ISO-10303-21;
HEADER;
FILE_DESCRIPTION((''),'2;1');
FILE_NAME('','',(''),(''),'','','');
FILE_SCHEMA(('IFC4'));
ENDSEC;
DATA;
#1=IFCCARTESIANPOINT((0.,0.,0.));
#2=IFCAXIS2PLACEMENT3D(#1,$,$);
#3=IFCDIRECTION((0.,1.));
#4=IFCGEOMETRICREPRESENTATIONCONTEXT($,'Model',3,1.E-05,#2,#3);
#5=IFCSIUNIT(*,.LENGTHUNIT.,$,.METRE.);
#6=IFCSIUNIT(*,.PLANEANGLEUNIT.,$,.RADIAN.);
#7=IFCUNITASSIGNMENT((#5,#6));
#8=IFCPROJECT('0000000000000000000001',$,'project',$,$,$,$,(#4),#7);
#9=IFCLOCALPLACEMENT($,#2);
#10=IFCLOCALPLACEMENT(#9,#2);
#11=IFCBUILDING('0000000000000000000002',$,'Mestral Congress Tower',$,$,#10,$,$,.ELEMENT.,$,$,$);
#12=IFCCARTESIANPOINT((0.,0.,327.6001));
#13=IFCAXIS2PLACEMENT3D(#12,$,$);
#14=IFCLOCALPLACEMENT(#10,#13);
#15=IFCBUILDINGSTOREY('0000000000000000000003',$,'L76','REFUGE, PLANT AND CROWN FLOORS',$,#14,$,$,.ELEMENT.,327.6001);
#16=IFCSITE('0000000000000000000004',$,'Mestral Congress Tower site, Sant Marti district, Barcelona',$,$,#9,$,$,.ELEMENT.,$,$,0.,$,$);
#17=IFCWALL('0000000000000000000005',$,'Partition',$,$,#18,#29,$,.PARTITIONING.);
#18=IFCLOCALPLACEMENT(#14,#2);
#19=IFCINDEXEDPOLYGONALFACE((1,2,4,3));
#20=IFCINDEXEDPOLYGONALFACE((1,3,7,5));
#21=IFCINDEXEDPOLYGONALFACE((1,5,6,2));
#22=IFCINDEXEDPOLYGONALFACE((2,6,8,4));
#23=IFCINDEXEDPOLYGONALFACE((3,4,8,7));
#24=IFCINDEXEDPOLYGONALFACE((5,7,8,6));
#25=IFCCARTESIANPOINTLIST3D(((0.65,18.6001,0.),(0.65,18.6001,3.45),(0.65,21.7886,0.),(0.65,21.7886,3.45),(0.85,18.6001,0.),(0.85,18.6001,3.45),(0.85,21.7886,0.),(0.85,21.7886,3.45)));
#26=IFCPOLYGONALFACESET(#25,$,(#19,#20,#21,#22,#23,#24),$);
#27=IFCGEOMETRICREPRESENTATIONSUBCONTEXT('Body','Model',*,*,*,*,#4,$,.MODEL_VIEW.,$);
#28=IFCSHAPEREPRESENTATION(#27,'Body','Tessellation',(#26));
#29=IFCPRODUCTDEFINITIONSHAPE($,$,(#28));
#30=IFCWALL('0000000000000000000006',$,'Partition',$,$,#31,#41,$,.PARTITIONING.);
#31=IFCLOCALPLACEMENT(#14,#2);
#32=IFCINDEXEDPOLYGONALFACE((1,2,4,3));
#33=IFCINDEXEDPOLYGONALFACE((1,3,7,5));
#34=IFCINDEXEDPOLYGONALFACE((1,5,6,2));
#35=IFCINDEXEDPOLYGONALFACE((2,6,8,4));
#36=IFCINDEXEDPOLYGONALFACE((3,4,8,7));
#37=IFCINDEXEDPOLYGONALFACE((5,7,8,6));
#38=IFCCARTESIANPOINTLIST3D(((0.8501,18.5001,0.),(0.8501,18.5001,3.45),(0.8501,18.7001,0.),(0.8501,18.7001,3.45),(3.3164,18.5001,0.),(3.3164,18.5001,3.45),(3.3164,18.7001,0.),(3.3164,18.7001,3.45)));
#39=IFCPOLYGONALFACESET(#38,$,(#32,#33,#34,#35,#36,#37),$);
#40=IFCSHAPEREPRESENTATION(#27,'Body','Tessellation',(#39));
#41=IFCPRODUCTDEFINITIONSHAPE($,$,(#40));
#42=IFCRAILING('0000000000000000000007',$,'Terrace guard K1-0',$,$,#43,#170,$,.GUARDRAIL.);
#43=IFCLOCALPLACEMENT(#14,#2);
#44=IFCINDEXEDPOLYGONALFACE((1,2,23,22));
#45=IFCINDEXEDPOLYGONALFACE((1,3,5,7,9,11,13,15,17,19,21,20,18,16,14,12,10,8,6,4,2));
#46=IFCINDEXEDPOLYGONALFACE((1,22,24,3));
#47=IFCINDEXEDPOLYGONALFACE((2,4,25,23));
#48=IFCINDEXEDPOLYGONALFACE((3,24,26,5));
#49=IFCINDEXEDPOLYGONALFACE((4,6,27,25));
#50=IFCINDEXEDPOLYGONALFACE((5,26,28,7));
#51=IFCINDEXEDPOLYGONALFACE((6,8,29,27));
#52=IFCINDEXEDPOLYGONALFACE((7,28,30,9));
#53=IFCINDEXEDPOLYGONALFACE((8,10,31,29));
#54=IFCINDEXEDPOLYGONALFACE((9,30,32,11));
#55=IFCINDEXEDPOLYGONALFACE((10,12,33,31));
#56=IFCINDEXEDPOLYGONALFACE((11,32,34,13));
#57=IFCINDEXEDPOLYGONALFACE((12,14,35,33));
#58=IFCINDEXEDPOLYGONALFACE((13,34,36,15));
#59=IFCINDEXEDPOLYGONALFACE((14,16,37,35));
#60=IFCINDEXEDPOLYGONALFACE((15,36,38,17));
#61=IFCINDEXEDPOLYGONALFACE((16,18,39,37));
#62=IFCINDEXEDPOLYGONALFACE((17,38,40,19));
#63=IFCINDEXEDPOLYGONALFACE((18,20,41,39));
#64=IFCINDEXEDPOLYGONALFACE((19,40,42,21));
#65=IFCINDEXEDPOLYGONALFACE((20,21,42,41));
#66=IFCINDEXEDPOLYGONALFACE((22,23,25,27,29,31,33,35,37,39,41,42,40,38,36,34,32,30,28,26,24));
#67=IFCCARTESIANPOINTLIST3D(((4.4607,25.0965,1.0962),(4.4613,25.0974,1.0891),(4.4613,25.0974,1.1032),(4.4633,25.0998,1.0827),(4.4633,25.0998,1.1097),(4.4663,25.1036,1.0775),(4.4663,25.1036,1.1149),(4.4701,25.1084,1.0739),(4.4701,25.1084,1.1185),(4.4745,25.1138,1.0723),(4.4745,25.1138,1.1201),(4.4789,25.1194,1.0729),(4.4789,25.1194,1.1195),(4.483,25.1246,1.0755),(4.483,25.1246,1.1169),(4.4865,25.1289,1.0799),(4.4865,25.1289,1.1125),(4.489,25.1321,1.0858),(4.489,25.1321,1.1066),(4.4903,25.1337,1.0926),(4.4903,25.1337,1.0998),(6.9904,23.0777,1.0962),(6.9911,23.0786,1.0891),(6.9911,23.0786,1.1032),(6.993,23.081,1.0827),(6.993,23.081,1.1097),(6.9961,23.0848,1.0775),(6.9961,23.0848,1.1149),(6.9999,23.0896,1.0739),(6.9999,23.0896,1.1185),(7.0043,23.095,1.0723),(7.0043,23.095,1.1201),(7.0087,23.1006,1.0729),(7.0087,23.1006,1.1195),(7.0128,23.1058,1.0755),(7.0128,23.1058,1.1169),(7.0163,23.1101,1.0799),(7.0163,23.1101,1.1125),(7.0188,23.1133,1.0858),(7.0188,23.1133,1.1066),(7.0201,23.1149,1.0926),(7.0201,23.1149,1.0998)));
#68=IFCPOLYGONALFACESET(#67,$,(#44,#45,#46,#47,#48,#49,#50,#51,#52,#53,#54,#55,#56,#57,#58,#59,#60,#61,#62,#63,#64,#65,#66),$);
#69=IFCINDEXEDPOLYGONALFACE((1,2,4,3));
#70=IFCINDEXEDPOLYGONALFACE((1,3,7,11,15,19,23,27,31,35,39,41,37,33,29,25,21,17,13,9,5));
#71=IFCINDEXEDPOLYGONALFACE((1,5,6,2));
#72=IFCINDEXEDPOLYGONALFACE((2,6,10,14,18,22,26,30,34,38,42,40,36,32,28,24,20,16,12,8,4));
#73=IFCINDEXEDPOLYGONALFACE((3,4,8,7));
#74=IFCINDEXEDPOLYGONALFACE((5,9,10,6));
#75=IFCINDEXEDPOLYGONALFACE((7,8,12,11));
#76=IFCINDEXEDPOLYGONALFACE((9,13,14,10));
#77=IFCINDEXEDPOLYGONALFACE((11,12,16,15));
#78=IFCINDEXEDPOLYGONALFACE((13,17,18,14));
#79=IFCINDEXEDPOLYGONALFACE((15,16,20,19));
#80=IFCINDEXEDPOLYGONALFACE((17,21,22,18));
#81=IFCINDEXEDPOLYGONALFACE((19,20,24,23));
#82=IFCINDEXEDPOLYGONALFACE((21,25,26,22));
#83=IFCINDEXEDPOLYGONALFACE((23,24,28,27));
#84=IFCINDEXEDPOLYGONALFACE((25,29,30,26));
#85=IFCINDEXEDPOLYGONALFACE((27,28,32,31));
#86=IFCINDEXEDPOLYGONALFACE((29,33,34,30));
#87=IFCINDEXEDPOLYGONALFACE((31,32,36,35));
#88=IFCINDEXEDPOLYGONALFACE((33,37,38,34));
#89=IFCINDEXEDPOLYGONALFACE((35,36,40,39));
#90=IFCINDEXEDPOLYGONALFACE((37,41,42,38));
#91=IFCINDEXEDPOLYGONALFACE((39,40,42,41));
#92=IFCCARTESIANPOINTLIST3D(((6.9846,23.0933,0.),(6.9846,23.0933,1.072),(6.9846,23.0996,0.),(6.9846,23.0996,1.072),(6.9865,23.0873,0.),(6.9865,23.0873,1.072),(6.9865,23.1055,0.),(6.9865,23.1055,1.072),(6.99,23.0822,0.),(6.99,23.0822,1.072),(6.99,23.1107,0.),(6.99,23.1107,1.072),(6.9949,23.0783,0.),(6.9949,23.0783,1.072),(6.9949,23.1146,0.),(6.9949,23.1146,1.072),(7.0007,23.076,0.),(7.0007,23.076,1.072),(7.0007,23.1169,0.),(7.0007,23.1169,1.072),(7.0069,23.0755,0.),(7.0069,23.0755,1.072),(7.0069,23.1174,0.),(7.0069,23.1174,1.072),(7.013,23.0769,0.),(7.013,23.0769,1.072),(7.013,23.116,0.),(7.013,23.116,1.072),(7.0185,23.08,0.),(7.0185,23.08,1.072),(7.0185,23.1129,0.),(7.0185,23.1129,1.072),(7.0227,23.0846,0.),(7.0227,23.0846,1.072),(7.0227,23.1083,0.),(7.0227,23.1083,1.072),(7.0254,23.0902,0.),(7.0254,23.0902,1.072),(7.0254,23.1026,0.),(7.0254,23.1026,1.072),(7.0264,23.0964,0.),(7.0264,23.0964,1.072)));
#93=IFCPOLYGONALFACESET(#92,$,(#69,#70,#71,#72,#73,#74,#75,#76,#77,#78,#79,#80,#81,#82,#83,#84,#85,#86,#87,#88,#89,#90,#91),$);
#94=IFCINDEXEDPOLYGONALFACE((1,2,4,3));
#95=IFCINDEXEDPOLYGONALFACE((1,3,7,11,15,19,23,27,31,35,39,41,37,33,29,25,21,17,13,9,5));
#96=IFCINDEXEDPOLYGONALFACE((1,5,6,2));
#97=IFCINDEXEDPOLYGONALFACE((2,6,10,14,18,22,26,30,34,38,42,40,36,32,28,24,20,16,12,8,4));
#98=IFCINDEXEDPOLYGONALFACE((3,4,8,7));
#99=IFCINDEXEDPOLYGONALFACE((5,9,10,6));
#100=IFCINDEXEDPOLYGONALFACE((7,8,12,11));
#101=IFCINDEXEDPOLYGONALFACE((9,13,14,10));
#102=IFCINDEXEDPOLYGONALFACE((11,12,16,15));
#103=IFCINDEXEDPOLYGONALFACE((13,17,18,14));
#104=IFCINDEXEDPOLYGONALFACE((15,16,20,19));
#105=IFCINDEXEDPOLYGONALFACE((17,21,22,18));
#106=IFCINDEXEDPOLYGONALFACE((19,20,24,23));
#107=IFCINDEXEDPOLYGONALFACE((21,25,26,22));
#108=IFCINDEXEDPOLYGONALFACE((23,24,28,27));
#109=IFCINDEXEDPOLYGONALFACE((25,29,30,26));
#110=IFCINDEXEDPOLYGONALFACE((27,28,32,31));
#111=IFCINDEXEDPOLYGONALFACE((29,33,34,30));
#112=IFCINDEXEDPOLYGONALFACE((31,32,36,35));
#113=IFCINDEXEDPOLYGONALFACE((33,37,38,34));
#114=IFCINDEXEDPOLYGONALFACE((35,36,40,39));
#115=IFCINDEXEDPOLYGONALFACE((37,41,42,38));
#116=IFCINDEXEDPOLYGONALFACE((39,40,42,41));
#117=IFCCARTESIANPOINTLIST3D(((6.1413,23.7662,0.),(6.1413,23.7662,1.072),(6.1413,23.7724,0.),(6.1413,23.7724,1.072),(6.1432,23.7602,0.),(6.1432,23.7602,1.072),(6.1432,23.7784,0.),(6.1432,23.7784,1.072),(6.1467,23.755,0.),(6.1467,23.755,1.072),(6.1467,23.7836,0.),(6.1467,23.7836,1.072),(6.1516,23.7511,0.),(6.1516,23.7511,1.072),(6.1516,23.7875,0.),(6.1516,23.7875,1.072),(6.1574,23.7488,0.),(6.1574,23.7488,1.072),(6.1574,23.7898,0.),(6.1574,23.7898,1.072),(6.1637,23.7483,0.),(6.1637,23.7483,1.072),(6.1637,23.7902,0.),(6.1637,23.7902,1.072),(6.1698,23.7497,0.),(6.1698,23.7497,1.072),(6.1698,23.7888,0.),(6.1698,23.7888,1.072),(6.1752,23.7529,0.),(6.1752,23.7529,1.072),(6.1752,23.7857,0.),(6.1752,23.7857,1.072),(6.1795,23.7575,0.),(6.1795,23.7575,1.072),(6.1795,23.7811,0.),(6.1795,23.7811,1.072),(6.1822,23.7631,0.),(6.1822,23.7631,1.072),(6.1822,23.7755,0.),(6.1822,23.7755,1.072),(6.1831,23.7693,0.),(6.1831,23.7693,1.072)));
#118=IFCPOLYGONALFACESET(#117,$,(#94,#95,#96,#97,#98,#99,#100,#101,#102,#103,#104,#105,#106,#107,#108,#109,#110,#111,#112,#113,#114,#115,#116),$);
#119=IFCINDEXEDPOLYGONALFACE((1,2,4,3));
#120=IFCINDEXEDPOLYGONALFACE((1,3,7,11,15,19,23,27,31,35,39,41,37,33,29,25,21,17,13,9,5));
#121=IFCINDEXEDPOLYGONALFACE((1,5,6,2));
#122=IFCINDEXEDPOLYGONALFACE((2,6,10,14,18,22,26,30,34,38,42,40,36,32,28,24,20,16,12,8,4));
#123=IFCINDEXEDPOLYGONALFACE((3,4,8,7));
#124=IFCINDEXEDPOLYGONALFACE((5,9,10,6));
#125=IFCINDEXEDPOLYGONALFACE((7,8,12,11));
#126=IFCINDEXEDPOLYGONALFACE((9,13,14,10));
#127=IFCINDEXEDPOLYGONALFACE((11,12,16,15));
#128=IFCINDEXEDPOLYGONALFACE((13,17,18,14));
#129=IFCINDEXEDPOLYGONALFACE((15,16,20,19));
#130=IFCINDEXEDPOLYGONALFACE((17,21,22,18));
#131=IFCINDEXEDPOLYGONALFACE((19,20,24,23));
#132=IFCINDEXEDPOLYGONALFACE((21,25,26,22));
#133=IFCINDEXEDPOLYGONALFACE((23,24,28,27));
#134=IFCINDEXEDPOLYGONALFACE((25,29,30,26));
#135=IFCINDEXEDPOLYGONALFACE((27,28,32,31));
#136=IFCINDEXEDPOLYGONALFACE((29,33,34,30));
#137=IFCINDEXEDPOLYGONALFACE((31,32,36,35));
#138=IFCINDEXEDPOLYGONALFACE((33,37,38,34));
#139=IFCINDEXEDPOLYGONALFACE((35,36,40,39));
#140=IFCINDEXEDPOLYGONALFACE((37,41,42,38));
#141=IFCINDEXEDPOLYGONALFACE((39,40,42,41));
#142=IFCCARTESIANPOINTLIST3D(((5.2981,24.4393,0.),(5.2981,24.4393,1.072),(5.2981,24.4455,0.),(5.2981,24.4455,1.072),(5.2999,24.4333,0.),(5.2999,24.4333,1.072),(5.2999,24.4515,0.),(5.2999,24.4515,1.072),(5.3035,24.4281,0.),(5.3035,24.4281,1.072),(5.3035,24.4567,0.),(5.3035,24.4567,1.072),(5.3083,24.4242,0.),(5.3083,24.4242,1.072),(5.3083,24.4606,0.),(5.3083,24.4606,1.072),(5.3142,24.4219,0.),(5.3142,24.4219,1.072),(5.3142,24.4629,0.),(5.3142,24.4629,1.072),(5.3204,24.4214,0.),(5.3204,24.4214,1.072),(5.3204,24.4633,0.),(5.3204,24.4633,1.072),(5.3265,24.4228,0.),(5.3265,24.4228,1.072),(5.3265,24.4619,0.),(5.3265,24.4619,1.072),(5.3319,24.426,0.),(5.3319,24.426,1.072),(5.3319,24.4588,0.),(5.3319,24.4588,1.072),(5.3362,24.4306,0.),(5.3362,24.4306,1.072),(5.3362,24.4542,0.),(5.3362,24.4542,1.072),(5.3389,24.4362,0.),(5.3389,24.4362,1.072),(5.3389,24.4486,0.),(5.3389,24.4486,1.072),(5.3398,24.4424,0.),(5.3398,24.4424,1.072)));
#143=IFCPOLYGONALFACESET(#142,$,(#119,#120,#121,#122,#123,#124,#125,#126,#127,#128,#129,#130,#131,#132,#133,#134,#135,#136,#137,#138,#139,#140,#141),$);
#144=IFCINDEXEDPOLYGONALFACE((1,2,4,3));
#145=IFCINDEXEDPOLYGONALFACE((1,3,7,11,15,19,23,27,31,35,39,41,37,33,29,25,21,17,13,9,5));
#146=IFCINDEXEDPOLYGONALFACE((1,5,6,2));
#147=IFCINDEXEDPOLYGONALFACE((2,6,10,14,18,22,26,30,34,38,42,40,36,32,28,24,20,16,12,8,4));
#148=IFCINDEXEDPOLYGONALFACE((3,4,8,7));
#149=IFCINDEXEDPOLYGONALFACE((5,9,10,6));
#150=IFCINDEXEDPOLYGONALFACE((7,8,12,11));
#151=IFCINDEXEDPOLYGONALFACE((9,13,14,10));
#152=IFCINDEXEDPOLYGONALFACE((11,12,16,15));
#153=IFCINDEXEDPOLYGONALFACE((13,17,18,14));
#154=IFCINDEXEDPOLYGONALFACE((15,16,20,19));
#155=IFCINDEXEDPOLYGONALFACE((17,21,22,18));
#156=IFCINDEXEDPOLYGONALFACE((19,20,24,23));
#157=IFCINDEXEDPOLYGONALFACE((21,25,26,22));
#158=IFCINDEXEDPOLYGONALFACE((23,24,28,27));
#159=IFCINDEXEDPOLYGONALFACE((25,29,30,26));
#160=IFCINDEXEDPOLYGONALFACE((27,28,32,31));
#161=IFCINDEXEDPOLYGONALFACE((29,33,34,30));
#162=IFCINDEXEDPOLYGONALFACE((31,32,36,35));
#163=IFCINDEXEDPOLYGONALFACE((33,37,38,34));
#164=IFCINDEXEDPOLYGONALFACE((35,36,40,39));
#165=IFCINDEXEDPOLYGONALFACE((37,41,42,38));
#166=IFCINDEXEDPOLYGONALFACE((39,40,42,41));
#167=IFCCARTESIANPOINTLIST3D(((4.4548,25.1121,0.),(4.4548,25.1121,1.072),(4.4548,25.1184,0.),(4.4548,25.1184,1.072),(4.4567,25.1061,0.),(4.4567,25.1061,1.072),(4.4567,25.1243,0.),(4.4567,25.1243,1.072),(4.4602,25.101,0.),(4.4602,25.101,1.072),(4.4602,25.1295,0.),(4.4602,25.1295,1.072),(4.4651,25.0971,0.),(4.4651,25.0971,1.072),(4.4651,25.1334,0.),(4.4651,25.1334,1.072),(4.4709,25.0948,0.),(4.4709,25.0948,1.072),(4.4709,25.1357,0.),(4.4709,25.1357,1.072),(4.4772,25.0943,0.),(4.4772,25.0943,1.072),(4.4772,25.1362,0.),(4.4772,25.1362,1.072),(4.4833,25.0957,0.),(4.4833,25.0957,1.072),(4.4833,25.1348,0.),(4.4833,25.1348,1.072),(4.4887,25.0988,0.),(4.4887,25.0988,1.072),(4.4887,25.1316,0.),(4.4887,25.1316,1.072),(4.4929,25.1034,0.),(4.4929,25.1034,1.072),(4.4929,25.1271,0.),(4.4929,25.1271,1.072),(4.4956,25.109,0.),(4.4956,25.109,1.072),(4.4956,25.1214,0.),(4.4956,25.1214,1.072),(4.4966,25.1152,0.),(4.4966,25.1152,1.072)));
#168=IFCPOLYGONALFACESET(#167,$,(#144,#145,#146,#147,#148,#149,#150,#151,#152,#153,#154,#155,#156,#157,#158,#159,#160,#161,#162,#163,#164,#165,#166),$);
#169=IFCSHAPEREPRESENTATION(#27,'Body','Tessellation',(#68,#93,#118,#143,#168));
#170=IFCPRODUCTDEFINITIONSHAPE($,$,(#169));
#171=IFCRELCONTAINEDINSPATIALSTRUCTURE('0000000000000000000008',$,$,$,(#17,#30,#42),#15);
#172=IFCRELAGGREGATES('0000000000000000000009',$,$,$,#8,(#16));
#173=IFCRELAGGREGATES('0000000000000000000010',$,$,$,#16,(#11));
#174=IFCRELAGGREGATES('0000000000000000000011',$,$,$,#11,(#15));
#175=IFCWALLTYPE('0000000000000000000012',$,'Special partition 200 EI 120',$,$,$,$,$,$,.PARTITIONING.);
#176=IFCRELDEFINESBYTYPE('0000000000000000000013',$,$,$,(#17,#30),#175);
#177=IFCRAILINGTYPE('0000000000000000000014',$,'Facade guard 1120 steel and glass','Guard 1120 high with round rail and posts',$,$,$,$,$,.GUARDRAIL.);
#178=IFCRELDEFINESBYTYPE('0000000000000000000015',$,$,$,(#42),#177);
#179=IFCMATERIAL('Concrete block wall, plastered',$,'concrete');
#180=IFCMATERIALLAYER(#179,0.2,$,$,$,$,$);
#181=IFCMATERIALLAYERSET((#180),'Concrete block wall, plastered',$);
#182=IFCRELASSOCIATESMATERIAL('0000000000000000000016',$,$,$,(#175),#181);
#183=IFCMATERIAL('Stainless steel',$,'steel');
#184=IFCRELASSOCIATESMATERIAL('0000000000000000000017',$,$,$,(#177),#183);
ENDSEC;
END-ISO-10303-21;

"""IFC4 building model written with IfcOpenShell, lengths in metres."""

from ifc_helpers import new_model, si_unit, direction, frame, frame_2d, origin, origin_2d, place, context, subcontext, project, spatial, rectangle, circle, extrude, material, layer, layer_set, type_object, element, save


model = new_model("IFC4")

# Units and contexts
model_context = context("Model", 3, precision=1e-05, world=origin(), true_north=direction((0.0, 1.0)))
body_context = subcontext(model_context, "Body", "Model", "MODEL_VIEW")
ifc_project = project(units=[si_unit("LENGTHUNIT", "METRE"), si_unit("PLANEANGLEUNIT", "RADIAN")], contexts=[model_context])

# Site, building, storey
site_placement = place(None, origin())
site = spatial("IfcSite", under=ifc_project, at=site_placement, Name="Mestral Congress Tower site, Sant Marti district, Barcelona", CompositionType="ELEMENT", RefElevation=0.0)
building_placement = place(site_placement, origin())
building = spatial("IfcBuilding", under=site, at=building_placement, Name="Mestral Congress Tower", CompositionType="ELEMENT")
storey_placement = place(building_placement, frame((0.0, 0.0, 327.6001)))
storey = spatial("IfcBuildingStorey", under=building, at=storey_placement, Name="L76", Description="REFUGE, PLANT AND CROWN FLOORS", CompositionType="ELEMENT", Elevation=327.6001)

# Walls
ifc_material_1 = material(Name="Concrete block wall, plastered", Category="concrete")
ifc_layer_1 = layer(ifc_material_1, 0.2)
ifc_layer_set_1 = layer_set([ifc_layer_1], Name="Concrete block wall, plastered")
wall_type_1 = type_object("IfcWallType", Name="Special partition 200 EI 120", PredefinedType="PARTITIONING", material=ifc_layer_set_1)
wall_1_placement = place(storey_placement, frame((0.75, 21.7886, 0.0), z_axis=(0.0, 0.0, 1.0), x_axis=(0.0, -1.0, 0.0)))
element("IfcWall", 1, at=wall_1_placement, inside=storey, type_object=wall_type_1, Name="Partition", PredefinedType="PARTITIONING", context=body_context, shape_type="SweptSolid", body=[
    extrude(rectangle(XDim=3.1885, YDim=0.2, at=frame_2d((1.5942, 0.0))), origin(), (0.0, 0.0, 1.0), 3.45),
])
wall_2_placement = place(storey_placement, frame((0.8501, 18.6001, 0.0), z_axis=(0.0, 0.0, 1.0), x_axis=(1.0, 0.0, 0.0)))
element("IfcWall", 2, at=wall_2_placement, inside=storey, type_object=wall_type_1, Name="Partition", PredefinedType="PARTITIONING", context=body_context, shape_type="SweptSolid", body=[
    extrude(rectangle(XDim=2.4663, YDim=0.2, at=frame_2d((1.2332, 0.0))), origin(), (0.0, 0.0, 1.0), 3.45),
])

# Railing
ifc_material_2 = material(Name="Stainless steel", Category="steel")
railing_type = type_object("IfcRailingType", Name="Facade guard 1120 steel and glass", Description="Guard 1120 high with round rail and posts", PredefinedType="GUARDRAIL", material=ifc_material_2)
railing_1_placement = place(storey_placement, frame((7.0054, 23.0964, 0.0)))
element("IfcRailing", 3, at=railing_1_placement, inside=storey, type_object=railing_type, Name="Terrace guard K1-0", PredefinedType="GUARDRAIL", context=body_context, shape_type="SweptSolid", body=[
    extrude(circle(Radius=0.0239, at=origin_2d()), frame((0.0, 0.0, 1.0962), z_axis=(-0.781626, 0.623747, 0.0), x_axis=(-0.623747, -0.781626, 0.0)), (0.0, 0.0, 1.0), 3.2366),
    extrude(circle(Radius=0.021, at=origin_2d()), origin(), (0.0, 0.0, 1.0), 1.072),
    extrude(circle(Radius=0.021, at=origin_2d()), frame((-0.8433, 0.6729, 0.0)), (0.0, 0.0, 1.0), 1.072),
    extrude(circle(Radius=0.021, at=origin_2d()), frame((-1.6865, 1.3459, 0.0)), (0.0, 0.0, 1.0), 1.072),
    extrude(circle(Radius=0.021, at=origin_2d()), frame((-2.5298, 2.0188, 0.0)), (0.0, 0.0, 1.0), 1.072),
])

save(model, "model.ifc")
